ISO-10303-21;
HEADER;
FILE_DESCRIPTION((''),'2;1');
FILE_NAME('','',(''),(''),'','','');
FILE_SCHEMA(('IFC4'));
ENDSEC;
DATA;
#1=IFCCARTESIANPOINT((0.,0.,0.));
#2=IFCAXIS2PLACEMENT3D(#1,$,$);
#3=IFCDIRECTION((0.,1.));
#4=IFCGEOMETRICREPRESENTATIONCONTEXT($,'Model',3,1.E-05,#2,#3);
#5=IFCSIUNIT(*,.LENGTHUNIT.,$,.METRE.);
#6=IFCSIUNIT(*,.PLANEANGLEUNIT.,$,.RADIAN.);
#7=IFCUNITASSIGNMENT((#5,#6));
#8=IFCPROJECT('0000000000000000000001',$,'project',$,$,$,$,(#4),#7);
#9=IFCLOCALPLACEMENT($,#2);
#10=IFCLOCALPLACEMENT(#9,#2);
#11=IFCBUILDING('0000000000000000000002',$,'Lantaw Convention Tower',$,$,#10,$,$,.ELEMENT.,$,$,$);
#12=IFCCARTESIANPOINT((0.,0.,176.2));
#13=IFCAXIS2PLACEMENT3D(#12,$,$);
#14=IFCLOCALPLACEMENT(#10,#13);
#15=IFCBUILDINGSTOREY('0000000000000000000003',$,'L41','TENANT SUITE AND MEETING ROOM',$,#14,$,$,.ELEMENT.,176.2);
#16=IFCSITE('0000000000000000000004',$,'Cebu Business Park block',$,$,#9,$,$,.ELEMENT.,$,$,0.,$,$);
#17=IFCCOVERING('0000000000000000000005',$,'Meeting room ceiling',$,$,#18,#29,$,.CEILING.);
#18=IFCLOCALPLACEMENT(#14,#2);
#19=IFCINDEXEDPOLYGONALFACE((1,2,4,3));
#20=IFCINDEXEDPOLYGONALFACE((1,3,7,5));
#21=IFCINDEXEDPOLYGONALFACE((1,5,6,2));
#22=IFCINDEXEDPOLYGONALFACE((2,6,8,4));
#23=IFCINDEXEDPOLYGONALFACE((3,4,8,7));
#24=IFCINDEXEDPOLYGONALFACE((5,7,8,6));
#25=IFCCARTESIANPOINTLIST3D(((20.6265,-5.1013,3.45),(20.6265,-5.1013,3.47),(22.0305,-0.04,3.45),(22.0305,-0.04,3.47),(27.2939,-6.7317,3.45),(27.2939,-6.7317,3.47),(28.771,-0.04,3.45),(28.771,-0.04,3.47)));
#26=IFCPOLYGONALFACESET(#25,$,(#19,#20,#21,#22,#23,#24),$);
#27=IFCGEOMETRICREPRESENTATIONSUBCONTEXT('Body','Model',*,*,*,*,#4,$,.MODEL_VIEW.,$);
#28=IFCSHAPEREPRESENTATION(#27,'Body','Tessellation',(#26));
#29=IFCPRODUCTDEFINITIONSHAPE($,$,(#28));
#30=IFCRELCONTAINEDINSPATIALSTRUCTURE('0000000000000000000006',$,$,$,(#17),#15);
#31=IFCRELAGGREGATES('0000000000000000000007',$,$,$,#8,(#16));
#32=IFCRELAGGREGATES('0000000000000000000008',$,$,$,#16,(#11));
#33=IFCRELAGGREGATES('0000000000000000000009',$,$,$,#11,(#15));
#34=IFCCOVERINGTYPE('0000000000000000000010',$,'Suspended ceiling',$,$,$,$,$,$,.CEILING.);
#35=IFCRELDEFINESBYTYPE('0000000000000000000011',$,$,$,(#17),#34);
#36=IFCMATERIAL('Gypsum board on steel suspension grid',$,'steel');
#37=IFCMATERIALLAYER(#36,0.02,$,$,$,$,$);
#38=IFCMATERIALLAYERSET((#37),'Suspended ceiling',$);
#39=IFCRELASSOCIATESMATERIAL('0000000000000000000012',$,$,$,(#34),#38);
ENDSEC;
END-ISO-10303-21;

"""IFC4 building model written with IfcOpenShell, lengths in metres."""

from ifc_helpers import new_model, si_unit, direction, frame, origin, place, context, subcontext, project, spatial, polyline, outline, extrude, material, layer, layer_set, type_object, element, save


model = new_model("IFC4")

# Units and contexts
model_context = context("Model", 3, precision=1e-05, world=origin(), true_north=direction((0.0, 1.0)))
body_context = subcontext(model_context, "Body", "Model", "MODEL_VIEW")
ifc_project = project(units=[si_unit("LENGTHUNIT", "METRE"), si_unit("PLANEANGLEUNIT", "RADIAN")], contexts=[model_context])

# Site, building, storey
site_placement = place(None, origin())
site = spatial("IfcSite", under=ifc_project, at=site_placement, Name="Cebu Business Park block", CompositionType="ELEMENT", RefElevation=0.0)
building_placement = place(site_placement, origin())
building = spatial("IfcBuilding", under=site, at=building_placement, Name="Lantaw Convention Tower", CompositionType="ELEMENT")
storey_placement = place(building_placement, frame((0.0, 0.0, 176.2)))
storey = spatial("IfcBuildingStorey", under=building, at=storey_placement, Name="L41", Description="TENANT SUITE AND MEETING ROOM", CompositionType="ELEMENT", Elevation=176.2)

# Covering
ifc_material_1 = material(Name="Gypsum board on steel suspension grid", Category="steel")
ifc_layer_1 = layer(ifc_material_1, 0.02)
ifc_layer_set_1 = layer_set([ifc_layer_1], Name="Suspended ceiling")
covering_type = type_object("IfcCoveringType", Name="Suspended ceiling", PredefinedType="CEILING", material=ifc_layer_set_1)
covering_1_placement = place(storey_placement, frame((0.0, 0.0, 3.45)))
element("IfcCovering", 1, at=covering_1_placement, inside=storey, type_object=covering_type, Name="Meeting room ceiling", PredefinedType="CEILING", context=body_context, shape_type="SweptSolid", body=[
    extrude(outline(polyline([(20.6265, -5.1013), (27.2939, -6.7317), (28.771, -0.04), (22.0305, -0.04), (20.6265, -5.1013)])), origin(), (0.0, 0.0, 1.0), 0.02),
])

save(model, "model.ifc")
